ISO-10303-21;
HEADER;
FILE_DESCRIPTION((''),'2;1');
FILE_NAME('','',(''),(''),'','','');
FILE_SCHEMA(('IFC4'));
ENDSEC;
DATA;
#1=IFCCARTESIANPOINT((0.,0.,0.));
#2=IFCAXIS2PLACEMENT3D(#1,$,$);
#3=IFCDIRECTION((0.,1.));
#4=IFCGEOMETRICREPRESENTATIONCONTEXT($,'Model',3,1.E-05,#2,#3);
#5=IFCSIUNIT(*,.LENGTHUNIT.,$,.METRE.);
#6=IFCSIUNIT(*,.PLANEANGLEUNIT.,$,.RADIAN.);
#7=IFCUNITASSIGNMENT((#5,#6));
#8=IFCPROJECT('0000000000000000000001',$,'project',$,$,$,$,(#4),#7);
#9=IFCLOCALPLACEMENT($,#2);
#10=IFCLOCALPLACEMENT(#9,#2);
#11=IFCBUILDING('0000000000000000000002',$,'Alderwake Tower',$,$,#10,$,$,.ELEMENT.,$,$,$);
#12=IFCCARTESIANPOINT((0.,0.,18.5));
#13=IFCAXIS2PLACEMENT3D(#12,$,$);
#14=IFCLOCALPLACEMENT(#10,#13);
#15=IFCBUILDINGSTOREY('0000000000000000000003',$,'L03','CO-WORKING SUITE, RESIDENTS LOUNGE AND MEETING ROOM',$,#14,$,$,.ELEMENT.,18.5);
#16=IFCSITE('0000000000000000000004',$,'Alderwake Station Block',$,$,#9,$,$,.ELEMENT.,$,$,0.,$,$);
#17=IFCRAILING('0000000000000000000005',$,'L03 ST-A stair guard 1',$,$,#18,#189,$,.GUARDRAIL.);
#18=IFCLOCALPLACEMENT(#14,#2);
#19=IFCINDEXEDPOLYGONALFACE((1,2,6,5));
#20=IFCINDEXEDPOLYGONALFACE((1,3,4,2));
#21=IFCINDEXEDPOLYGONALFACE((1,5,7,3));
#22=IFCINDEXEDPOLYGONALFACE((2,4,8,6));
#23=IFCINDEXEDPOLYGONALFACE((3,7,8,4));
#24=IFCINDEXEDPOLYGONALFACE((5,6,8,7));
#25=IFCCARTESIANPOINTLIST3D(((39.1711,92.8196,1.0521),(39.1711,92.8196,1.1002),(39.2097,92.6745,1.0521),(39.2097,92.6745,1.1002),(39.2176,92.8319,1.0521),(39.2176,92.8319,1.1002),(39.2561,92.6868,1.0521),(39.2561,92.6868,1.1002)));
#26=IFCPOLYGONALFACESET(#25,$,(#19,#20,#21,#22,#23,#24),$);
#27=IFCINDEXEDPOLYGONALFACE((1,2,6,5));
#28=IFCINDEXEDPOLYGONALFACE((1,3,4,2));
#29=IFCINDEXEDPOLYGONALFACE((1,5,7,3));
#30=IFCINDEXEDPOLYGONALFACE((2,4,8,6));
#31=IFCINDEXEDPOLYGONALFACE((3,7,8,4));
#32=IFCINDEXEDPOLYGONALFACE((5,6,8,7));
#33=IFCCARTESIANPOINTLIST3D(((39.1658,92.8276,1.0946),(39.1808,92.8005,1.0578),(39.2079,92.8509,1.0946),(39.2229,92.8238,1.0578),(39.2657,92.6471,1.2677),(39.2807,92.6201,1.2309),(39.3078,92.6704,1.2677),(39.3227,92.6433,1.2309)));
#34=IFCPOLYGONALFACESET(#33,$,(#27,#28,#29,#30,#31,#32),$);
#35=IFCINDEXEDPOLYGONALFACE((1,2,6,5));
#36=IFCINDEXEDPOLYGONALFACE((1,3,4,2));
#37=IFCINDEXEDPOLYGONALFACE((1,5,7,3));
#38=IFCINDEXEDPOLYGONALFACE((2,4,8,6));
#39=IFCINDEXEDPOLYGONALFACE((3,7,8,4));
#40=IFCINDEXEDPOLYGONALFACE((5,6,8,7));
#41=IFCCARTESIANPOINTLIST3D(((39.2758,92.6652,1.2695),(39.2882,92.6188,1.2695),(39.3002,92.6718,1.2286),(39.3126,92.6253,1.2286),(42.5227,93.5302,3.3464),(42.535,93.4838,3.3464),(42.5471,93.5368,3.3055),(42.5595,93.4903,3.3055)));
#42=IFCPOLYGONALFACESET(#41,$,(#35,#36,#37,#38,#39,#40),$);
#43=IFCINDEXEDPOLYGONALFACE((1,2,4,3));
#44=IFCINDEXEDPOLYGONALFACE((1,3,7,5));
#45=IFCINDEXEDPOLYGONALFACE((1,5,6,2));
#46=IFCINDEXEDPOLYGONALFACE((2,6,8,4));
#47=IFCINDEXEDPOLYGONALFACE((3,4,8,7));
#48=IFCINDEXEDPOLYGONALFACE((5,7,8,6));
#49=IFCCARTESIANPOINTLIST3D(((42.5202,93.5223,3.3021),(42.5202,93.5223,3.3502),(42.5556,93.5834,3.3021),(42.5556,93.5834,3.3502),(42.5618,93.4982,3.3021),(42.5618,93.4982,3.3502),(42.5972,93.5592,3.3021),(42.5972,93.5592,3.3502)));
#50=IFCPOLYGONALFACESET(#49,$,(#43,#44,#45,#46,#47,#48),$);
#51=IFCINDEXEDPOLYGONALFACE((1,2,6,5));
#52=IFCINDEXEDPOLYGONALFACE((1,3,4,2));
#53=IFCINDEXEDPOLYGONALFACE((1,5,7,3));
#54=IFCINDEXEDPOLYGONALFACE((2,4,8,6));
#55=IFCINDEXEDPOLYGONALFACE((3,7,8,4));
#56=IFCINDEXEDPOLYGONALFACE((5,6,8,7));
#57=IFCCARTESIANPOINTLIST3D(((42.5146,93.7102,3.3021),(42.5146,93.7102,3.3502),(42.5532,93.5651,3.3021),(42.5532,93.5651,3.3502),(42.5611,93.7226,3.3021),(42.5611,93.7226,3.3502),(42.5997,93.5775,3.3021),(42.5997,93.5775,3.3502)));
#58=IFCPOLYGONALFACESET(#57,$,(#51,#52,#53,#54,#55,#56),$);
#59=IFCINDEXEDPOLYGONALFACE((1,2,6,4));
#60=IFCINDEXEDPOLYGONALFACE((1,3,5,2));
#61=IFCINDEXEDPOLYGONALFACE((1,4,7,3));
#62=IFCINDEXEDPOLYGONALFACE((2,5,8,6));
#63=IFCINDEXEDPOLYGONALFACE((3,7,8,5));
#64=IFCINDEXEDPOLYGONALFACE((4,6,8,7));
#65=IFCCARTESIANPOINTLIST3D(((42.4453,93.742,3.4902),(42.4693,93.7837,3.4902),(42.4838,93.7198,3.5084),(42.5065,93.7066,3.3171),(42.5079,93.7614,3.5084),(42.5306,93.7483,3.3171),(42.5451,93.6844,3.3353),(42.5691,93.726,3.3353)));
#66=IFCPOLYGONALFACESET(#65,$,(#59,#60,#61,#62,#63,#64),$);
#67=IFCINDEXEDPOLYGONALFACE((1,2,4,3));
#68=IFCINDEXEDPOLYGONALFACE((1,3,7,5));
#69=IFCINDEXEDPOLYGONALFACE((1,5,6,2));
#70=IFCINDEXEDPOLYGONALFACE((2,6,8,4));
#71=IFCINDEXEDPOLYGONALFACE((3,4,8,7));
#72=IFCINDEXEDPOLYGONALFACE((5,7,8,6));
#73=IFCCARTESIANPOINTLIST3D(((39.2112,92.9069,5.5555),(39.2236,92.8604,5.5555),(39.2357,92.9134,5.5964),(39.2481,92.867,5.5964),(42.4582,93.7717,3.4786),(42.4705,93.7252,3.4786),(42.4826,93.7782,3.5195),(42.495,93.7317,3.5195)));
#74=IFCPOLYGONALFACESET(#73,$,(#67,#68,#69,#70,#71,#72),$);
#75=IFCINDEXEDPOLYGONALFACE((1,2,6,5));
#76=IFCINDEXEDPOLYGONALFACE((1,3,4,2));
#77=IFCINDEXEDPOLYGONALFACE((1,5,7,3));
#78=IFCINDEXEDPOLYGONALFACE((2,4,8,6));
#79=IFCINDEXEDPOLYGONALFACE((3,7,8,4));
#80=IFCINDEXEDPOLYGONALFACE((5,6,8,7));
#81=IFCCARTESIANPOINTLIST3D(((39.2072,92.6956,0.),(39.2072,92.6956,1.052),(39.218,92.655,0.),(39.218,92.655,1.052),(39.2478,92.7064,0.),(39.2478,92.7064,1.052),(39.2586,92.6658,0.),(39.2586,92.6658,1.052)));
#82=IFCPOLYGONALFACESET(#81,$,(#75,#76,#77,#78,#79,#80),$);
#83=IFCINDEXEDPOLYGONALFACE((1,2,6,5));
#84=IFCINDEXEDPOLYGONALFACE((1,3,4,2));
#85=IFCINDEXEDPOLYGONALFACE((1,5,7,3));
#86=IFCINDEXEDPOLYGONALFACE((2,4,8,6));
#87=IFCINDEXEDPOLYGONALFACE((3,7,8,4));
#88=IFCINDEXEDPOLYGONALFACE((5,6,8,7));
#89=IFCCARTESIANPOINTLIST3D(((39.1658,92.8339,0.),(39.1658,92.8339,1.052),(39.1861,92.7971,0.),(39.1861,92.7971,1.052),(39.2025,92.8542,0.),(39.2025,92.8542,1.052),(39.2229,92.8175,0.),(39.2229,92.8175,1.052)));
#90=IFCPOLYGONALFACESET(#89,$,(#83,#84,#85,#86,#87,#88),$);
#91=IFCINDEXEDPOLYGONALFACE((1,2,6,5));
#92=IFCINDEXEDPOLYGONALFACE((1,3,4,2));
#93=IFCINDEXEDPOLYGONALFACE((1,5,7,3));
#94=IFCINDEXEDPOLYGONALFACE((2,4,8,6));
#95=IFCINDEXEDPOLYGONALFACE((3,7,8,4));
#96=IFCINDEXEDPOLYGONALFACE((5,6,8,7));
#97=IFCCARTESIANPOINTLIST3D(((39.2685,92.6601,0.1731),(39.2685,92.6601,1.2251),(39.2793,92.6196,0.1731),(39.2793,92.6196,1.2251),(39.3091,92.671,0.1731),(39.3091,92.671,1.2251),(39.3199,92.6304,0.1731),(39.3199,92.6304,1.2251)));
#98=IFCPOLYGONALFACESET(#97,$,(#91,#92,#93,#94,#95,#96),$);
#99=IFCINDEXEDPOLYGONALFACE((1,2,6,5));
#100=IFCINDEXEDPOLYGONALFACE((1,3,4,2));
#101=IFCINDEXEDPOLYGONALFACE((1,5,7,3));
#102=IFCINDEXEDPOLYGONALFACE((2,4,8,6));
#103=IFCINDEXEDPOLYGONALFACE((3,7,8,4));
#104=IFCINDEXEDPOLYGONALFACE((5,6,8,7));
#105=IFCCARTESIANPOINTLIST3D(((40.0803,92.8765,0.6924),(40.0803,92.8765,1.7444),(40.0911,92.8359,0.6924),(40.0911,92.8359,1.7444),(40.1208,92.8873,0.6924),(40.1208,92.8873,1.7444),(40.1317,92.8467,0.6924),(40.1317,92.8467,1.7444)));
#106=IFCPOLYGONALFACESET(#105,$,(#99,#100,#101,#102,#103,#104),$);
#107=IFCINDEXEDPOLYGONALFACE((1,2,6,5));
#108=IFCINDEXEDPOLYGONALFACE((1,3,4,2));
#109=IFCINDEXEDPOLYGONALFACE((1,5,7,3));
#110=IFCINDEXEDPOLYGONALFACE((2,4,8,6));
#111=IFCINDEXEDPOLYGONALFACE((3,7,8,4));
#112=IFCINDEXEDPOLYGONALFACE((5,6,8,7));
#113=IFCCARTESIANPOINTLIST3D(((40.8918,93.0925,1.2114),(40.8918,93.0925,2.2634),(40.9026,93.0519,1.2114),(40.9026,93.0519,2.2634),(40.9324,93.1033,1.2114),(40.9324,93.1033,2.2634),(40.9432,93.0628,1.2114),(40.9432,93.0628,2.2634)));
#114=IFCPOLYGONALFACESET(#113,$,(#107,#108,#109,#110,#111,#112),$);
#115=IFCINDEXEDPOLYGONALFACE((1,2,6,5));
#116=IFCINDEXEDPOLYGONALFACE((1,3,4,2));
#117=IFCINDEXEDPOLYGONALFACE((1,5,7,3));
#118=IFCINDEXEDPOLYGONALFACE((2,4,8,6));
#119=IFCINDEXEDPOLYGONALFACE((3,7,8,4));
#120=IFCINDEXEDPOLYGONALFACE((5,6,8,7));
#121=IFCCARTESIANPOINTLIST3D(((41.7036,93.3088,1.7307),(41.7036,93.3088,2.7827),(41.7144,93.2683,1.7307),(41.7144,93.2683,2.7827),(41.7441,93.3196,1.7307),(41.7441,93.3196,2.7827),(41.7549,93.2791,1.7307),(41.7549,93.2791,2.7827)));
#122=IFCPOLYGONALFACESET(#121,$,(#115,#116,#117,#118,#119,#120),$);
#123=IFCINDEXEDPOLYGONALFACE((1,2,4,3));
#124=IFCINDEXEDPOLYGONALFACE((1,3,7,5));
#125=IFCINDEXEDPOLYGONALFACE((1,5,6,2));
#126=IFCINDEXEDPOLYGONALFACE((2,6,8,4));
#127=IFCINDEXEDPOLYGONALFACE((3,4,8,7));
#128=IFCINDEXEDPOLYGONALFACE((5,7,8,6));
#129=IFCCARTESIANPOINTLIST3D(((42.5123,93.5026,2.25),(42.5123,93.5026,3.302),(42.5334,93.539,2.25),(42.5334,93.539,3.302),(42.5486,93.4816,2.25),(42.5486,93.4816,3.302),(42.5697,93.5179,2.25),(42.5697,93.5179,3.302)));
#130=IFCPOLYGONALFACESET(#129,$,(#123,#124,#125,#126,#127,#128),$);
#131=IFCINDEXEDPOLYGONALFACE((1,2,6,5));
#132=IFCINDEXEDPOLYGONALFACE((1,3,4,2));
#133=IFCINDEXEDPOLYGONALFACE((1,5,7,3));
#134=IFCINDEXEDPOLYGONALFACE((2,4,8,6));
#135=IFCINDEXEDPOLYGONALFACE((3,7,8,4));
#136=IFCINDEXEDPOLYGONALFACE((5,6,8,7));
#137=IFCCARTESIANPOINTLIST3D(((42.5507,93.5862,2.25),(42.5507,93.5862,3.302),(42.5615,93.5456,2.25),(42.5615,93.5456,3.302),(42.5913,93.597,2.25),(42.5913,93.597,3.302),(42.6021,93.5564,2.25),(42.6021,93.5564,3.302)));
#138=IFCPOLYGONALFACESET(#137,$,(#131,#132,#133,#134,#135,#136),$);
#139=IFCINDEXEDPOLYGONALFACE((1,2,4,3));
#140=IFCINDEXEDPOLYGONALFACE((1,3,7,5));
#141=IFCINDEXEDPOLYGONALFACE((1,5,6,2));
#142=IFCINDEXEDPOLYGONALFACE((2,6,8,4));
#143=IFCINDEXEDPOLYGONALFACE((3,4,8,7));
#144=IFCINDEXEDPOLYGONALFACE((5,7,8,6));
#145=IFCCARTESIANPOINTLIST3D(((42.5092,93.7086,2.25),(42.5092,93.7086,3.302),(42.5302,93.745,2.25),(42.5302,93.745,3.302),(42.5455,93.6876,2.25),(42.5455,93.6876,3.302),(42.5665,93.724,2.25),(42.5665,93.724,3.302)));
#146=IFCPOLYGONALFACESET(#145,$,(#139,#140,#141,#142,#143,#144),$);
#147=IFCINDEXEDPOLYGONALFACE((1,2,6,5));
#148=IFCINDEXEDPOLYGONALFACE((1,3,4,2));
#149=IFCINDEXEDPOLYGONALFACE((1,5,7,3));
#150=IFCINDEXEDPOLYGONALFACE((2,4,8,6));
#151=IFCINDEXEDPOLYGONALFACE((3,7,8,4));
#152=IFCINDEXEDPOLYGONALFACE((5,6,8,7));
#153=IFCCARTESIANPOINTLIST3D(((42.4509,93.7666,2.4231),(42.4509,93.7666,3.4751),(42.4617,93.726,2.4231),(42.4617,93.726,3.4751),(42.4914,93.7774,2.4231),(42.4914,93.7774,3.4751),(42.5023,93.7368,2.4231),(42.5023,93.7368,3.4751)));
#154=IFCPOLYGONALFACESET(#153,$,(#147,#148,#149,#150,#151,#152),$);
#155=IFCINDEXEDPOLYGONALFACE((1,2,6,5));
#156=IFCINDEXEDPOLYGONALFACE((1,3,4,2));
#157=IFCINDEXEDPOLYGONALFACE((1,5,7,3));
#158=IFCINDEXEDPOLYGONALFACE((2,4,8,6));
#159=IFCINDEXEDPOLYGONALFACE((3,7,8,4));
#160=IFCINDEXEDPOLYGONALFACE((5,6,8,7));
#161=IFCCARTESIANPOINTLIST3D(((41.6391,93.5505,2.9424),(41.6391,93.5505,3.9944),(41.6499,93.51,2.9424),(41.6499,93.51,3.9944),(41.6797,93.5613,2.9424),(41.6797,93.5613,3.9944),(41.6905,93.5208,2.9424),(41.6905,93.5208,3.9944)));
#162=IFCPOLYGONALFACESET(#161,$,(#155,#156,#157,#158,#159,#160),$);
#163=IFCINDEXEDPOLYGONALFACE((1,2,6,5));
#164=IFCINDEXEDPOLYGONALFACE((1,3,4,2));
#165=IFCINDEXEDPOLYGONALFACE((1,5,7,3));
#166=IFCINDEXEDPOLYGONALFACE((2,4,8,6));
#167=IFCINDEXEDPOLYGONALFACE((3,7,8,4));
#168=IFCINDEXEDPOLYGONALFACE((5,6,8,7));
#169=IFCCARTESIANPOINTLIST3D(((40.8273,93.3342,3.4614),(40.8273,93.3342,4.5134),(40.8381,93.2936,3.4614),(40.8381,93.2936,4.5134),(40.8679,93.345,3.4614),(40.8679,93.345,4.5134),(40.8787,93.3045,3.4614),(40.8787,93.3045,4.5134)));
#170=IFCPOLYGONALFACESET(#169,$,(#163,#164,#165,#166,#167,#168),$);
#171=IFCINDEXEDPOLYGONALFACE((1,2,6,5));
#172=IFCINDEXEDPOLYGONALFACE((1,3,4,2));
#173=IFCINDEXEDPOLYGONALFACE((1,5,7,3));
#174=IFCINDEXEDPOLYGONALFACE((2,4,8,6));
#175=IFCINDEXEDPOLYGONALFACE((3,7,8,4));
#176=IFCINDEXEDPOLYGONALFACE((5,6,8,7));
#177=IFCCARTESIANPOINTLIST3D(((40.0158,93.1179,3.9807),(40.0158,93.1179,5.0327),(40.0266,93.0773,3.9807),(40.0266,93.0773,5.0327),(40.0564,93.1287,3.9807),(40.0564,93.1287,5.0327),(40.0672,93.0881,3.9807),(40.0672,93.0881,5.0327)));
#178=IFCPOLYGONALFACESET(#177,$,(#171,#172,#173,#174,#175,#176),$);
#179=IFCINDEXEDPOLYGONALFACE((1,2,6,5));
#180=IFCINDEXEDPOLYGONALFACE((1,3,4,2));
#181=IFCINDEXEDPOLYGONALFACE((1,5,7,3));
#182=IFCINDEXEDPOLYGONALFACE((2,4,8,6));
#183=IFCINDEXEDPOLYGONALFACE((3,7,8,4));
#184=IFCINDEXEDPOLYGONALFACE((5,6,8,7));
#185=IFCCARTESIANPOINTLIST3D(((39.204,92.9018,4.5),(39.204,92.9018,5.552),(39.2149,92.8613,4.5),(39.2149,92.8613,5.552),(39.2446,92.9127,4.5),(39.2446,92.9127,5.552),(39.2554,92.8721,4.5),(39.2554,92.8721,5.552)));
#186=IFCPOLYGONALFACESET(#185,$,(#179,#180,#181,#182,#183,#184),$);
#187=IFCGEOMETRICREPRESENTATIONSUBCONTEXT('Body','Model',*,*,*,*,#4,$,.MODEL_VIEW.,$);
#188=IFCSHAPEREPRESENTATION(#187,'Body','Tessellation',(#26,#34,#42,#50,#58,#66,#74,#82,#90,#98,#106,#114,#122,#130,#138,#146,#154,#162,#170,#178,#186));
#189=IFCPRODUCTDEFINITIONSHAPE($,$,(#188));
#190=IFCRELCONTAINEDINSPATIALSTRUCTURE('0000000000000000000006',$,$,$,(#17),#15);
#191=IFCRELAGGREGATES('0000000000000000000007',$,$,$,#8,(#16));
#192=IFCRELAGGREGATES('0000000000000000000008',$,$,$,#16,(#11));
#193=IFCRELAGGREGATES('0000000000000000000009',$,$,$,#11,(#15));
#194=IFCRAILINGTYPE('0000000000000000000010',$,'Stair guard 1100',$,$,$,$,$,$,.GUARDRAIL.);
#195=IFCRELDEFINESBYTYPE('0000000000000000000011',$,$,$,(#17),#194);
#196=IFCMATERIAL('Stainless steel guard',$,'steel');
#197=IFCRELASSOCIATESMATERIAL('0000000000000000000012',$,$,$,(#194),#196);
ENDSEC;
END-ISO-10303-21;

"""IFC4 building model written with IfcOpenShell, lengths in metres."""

from ifc_helpers import new_model, si_unit, direction, frame, origin, origin_2d, place, context, subcontext, project, spatial, rectangle, extrude, material, type_object, element, save


model = new_model("IFC4")

# Units and contexts
model_context = context("Model", 3, precision=1e-05, world=origin(), true_north=direction((0.0, 1.0)))
body_context = subcontext(model_context, "Body", "Model", "MODEL_VIEW")
ifc_project = project(units=[si_unit("LENGTHUNIT", "METRE"), si_unit("PLANEANGLEUNIT", "RADIAN")], contexts=[model_context])

# Site, building, storey
site_placement = place(None, origin())
site = spatial("IfcSite", under=ifc_project, at=site_placement, Name="Alderwake Station Block", CompositionType="ELEMENT", RefElevation=0.0)
building_placement = place(site_placement, origin())
building = spatial("IfcBuilding", under=site, at=building_placement, Name="Alderwake Tower", CompositionType="ELEMENT")
storey_placement = place(building_placement, frame((0.0, 0.0, 18.5)))
storey = spatial("IfcBuildingStorey", under=building, at=storey_placement, Name="L03", Description="CO-WORKING SUITE, RESIDENTS LOUNGE AND MEETING ROOM", CompositionType="ELEMENT", Elevation=18.5)

# Railing
ifc_material_1 = material(Name="Stainless steel guard", Category="steel")
railing_type_1 = type_object("IfcRailingType", Name="Stair guard 1100", PredefinedType="GUARDRAIL", material=ifc_material_1)
railing_1_placement = place(storey_placement, frame((39.2329, 92.6807, 0.0)))
element("IfcRailing", 1, at=railing_1_placement, inside=storey, type_object=railing_type_1, Name="L03 ST-A stair guard 1", PredefinedType="GUARDRAIL", context=body_context, shape_type="SweptSolid", body=[
    extrude(rectangle(XDim=0.0481, YDim=0.0481, at=origin_2d()), frame((0.0, 0.0, 1.0762), z_axis=(-0.257055, 0.966397, 0.0), x_axis=(-0.966397, -0.257055, 0.0)), (0.0, 0.0, 1.0), 0.1501),
    extrude(rectangle(XDim=0.0481, YDim=0.0481, at=origin_2d()), frame((-0.0386, 0.145, 1.0762), z_axis=(0.370887, -0.670136, 0.642931), x_axis=(0.874938, 0.484235, 0.0)), (0.0, 0.0, 1.0), 0.2693),
    extrude(rectangle(XDim=0.0481, YDim=0.0481, at=origin_2d()), frame((0.0613, -0.0354, 1.249), z_axis=(0.821952, 0.218977, 0.52578), x_axis=(-0.257432, 0.966296, 0.0)), (0.0, 0.0, 1.0), 3.9502),
    extrude(rectangle(XDim=0.0481, YDim=0.0481, at=origin_2d()), frame((3.3081, 0.8296, 3.3262), z_axis=(0.501718, 0.865031, 0.0), x_axis=(-0.865031, 0.501718, 0.0)), (0.0, 0.0, 1.0), 0.0706),
    extrude(rectangle(XDim=0.0481, YDim=0.0481, at=origin_2d()), frame((3.3435, 0.8906, 3.3262), z_axis=(-0.257055, 0.966397, 0.0), x_axis=(-0.966397, -0.257055, 0.0)), (0.0, 0.0, 1.0), 0.1501),
    extrude(rectangle(XDim=0.0481, YDim=0.0481, at=origin_2d()), frame((3.3049, 1.0356, 3.3262), z_axis=(-0.32769, 0.189303, 0.925626), x_axis=(-0.50022, -0.865898, 0.0)), (0.0, 0.0, 1.0), 0.187),
    extrude(rectangle(XDim=0.0481, YDim=0.0481, at=origin_2d()), frame((3.2437, 1.071, 3.499), z_axis=(-0.821963, -0.218918, 0.525787), x_axis=(0.257364, -0.966314, 0.0)), (0.0, 0.0, 1.0), 3.9502),
    extrude(rectangle(XDim=0.042, YDim=0.042, at=origin_2d()), frame((0.0, 0.0, 0.0), z_axis=(0.0, 0.0, 1.0), x_axis=(-0.257055, 0.966397, 0.0)), (0.0, 0.0, 1.0), 1.052),
    extrude(rectangle(XDim=0.042, YDim=0.042, at=origin_2d()), frame((-0.0386, 0.145, 0.0), z_axis=(0.0, 0.0, 1.0), x_axis=(0.484235, -0.874938, 0.0)), (0.0, 0.0, 1.0), 1.052),
    extrude(rectangle(XDim=0.042, YDim=0.042, at=origin_2d()), frame((0.0613, -0.0354, 0.1731), z_axis=(0.0, 0.0, 1.0), x_axis=(0.966296, 0.257432, 0.0)), (0.0, 0.0, 1.0), 1.052),
    extrude(rectangle(XDim=0.042, YDim=0.042, at=origin_2d()), frame((0.873, 0.1809, 0.6924), z_axis=(0.0, 0.0, 1.0), x_axis=(0.966296, 0.257432, 0.0)), (0.0, 0.0, 1.0), 1.052),
    extrude(rectangle(XDim=0.042, YDim=0.042, at=origin_2d()), frame((1.6846, 0.397, 1.2114), z_axis=(0.0, 0.0, 1.0), x_axis=(0.966296, 0.257432, 0.0)), (0.0, 0.0, 1.0), 1.052),
    extrude(rectangle(XDim=0.042, YDim=0.042, at=origin_2d()), frame((2.4963, 0.6133, 1.7307), z_axis=(0.0, 0.0, 1.0), x_axis=(0.966296, 0.257432, 0.0)), (0.0, 0.0, 1.0), 1.052),
    extrude(rectangle(XDim=0.042, YDim=0.042, at=origin_2d()), frame((3.3081, 0.8296, 2.25), z_axis=(0.0, 0.0, 1.0), x_axis=(0.501718, 0.865031, 0.0)), (0.0, 0.0, 1.0), 1.052),
    extrude(rectangle(XDim=0.042, YDim=0.042, at=origin_2d()), frame((3.3435, 0.8906, 2.25), z_axis=(0.0, 0.0, 1.0), x_axis=(-0.257055, 0.966397, 0.0)), (0.0, 0.0, 1.0), 1.052),
    extrude(rectangle(XDim=0.042, YDim=0.042, at=origin_2d()), frame((3.3049, 1.0356, 2.25), z_axis=(0.0, 0.0, 1.0), x_axis=(-0.865898, 0.50022, 0.0)), (0.0, 0.0, 1.0), 1.052),
    extrude(rectangle(XDim=0.042, YDim=0.042, at=origin_2d()), frame((3.2437, 1.071, 2.4231), z_axis=(0.0, 0.0, 1.0), x_axis=(-0.966314, -0.257364, 0.0)), (0.0, 0.0, 1.0), 1.052),
    extrude(rectangle(XDim=0.042, YDim=0.042, at=origin_2d()), frame((2.4319, 0.855, 2.9424), z_axis=(0.0, 0.0, 1.0), x_axis=(-0.966314, -0.257364, 0.0)), (0.0, 0.0, 1.0), 1.052),
    extrude(rectangle(XDim=0.042, YDim=0.042, at=origin_2d()), frame((1.6201, 0.6387, 3.4614), z_axis=(0.0, 0.0, 1.0), x_axis=(-0.966314, -0.257364, 0.0)), (0.0, 0.0, 1.0), 1.052),
    extrude(rectangle(XDim=0.042, YDim=0.042, at=origin_2d()), frame((0.8086, 0.4224, 3.9807), z_axis=(0.0, 0.0, 1.0), x_axis=(-0.966314, -0.257364, 0.0)), (0.0, 0.0, 1.0), 1.052),
    extrude(rectangle(XDim=0.042, YDim=0.042, at=origin_2d()), frame((-0.0032, 0.2063, 4.5), z_axis=(0.0, 0.0, 1.0), x_axis=(-0.966314, -0.257364, 0.0)), (0.0, 0.0, 1.0), 1.052),
])

save(model, "model.ifc")
